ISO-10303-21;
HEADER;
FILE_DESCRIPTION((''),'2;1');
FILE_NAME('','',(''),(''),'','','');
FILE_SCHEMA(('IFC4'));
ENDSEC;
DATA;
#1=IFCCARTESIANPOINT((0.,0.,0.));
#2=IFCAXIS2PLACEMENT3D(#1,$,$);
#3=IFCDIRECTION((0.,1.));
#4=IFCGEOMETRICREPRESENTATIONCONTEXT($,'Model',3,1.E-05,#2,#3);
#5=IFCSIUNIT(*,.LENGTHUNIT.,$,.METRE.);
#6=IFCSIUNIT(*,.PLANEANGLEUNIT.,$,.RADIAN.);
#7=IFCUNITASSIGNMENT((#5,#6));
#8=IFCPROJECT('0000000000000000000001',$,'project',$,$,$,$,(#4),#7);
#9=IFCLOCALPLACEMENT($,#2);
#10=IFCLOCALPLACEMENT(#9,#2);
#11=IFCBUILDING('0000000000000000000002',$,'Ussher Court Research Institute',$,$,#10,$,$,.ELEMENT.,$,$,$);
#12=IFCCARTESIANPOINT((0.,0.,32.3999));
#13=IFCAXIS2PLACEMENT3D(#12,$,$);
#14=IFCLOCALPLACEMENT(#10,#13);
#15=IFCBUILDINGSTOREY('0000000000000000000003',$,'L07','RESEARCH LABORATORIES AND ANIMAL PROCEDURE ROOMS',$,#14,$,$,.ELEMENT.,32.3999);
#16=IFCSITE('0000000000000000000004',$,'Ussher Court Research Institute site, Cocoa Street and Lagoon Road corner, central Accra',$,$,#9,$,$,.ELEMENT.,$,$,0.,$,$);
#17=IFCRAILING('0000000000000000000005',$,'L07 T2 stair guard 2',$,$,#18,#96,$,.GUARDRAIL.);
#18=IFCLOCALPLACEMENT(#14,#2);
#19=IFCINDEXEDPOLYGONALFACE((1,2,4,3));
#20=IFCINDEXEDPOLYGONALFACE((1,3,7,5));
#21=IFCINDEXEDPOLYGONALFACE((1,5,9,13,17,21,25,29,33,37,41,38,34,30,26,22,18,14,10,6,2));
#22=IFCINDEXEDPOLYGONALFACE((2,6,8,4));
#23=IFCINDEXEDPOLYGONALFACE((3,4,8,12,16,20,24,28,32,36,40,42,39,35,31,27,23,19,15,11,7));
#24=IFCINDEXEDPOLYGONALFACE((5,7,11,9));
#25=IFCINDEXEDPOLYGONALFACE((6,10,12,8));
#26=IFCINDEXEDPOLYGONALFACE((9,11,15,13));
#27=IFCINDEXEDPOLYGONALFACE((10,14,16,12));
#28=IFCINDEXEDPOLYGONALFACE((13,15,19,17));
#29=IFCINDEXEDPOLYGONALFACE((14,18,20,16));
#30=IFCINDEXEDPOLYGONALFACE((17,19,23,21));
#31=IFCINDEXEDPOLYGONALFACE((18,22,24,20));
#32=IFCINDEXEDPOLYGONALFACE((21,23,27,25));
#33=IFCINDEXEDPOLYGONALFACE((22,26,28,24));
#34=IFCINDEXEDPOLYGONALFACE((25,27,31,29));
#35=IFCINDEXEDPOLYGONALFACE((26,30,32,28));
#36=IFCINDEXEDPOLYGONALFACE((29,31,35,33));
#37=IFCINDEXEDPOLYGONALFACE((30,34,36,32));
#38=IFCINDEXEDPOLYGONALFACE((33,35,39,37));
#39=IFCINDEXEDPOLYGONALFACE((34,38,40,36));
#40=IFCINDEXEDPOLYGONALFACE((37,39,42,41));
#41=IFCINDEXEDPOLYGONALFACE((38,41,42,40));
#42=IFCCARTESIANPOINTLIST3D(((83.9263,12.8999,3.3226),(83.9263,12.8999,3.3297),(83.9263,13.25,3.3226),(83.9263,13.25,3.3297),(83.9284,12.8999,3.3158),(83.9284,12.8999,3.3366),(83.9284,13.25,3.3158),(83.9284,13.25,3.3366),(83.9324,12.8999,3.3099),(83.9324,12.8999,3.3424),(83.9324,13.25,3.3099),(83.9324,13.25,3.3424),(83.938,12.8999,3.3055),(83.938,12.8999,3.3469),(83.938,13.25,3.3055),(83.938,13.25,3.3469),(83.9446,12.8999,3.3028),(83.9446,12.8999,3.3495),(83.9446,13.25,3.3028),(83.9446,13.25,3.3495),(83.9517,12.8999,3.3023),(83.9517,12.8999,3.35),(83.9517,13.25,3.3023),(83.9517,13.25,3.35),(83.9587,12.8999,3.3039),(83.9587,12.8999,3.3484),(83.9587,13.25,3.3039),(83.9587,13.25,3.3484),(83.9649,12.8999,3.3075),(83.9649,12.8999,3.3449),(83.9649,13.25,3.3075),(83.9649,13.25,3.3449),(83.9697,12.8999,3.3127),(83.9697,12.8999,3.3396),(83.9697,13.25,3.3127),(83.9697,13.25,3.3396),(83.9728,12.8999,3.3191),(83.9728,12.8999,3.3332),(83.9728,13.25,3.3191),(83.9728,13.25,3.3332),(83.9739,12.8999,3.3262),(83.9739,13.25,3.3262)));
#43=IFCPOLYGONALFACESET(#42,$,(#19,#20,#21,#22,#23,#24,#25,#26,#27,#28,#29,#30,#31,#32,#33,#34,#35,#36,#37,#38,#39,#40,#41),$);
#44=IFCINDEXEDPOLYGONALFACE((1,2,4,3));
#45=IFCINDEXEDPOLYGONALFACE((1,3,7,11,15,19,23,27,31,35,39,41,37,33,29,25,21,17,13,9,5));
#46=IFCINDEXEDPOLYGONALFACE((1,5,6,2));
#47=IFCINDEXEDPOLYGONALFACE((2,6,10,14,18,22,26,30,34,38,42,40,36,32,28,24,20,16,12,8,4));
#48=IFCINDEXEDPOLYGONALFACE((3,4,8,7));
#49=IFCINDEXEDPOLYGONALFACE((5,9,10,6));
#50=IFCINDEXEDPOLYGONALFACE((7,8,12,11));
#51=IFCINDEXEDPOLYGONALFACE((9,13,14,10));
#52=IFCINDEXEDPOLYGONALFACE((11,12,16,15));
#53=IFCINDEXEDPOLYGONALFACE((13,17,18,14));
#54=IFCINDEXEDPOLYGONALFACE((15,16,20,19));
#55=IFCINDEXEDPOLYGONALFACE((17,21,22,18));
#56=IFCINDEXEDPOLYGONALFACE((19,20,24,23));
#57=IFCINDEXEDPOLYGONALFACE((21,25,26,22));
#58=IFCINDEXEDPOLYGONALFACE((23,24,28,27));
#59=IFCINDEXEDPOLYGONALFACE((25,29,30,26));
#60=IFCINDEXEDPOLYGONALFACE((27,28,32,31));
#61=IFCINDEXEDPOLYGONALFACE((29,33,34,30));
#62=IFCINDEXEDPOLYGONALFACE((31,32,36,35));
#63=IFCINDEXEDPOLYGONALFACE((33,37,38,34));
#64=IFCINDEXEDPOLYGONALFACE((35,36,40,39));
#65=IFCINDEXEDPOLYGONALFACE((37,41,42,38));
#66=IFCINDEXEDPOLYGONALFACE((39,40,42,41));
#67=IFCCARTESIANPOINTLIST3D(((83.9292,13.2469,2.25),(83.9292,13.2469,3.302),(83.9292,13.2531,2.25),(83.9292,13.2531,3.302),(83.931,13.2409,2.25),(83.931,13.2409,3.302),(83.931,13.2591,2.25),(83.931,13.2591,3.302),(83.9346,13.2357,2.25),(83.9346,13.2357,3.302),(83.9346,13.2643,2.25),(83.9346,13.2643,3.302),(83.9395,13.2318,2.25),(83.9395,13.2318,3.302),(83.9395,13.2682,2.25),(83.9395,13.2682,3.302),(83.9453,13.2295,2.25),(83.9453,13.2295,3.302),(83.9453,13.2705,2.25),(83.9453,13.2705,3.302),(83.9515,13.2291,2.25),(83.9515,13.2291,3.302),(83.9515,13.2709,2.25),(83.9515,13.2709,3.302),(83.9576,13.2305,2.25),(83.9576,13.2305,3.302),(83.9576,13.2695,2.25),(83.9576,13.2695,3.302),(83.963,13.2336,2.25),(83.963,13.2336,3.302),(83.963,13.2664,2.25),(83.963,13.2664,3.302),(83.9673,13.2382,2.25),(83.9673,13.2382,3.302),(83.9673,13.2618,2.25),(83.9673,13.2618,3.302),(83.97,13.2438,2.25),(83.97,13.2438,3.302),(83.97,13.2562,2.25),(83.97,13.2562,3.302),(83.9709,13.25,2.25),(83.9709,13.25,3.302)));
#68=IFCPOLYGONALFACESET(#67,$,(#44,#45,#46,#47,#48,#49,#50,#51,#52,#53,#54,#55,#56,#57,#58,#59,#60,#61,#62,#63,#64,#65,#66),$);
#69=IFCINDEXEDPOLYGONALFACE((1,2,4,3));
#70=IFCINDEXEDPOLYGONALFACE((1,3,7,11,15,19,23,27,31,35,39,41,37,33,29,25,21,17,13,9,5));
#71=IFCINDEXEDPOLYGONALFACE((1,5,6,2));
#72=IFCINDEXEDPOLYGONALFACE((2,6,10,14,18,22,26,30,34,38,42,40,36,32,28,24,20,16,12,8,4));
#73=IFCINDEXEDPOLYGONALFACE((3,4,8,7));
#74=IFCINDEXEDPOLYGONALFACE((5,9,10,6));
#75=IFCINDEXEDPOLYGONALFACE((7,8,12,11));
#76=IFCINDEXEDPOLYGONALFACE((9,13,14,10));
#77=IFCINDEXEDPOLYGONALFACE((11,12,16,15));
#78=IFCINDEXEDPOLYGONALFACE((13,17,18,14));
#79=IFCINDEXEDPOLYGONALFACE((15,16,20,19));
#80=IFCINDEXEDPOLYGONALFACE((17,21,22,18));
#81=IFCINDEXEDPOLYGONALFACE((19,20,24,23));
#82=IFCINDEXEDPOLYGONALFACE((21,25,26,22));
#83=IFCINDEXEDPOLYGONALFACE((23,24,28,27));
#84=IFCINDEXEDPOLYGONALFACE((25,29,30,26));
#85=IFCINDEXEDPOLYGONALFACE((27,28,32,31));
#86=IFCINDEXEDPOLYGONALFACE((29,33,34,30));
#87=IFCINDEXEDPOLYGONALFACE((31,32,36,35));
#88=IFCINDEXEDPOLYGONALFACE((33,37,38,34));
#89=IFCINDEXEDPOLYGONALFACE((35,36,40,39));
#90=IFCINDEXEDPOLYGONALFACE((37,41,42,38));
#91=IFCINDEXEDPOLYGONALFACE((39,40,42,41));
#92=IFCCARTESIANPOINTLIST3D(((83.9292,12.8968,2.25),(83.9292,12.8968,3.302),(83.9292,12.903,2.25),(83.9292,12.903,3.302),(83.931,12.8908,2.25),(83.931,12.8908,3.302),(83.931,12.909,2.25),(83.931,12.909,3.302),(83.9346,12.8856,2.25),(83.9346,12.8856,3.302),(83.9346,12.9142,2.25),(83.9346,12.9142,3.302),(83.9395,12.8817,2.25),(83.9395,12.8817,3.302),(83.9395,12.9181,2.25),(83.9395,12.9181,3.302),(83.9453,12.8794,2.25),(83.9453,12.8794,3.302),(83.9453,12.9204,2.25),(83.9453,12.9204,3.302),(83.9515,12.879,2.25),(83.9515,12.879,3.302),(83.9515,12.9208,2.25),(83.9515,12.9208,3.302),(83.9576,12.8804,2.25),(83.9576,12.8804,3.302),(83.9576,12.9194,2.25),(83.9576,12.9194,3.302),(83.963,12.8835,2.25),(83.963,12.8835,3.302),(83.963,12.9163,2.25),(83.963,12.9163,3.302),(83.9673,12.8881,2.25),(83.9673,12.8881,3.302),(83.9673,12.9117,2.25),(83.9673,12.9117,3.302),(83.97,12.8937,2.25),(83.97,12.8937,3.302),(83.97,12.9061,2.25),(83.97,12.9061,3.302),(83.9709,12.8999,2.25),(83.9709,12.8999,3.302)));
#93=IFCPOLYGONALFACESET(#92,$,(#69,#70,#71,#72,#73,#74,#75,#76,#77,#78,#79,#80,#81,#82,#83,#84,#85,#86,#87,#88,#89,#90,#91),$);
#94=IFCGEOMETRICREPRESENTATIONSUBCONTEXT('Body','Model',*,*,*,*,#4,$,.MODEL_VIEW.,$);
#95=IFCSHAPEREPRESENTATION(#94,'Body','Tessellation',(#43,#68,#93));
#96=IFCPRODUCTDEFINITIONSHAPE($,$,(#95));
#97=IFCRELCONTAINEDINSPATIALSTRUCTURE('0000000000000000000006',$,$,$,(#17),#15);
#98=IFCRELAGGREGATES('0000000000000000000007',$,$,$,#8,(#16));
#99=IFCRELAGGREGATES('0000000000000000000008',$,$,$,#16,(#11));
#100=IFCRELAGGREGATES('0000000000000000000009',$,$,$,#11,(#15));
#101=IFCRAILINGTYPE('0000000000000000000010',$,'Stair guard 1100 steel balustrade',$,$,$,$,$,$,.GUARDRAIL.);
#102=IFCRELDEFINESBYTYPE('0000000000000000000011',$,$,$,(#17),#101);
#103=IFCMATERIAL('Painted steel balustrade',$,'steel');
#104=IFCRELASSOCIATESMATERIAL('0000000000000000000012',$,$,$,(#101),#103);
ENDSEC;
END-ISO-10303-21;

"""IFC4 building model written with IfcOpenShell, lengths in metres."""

from ifc_helpers import new_model, si_unit, direction, frame, origin, origin_2d, place, context, subcontext, project, spatial, circle, extrude, material, type_object, element, save


model = new_model("IFC4")

# Units and contexts
model_context = context("Model", 3, precision=1e-05, world=origin(), true_north=direction((0.0, 1.0)))
body_context = subcontext(model_context, "Body", "Model", "MODEL_VIEW")
ifc_project = project(units=[si_unit("LENGTHUNIT", "METRE"), si_unit("PLANEANGLEUNIT", "RADIAN")], contexts=[model_context])

# Site, building, storey
site_placement = place(None, origin())
site = spatial("IfcSite", under=ifc_project, at=site_placement, Name="Ussher Court Research Institute site, Cocoa Street and Lagoon Road corner, central Accra", CompositionType="ELEMENT", RefElevation=0.0)
building_placement = place(site_placement, origin())
building = spatial("IfcBuilding", under=site, at=building_placement, Name="Ussher Court Research Institute", CompositionType="ELEMENT")
storey_placement = place(building_placement, frame((0.0, 0.0, 32.3999)))
storey = spatial("IfcBuildingStorey", under=building, at=storey_placement, Name="L07", Description="RESEARCH LABORATORIES AND ANIMAL PROCEDURE ROOMS", CompositionType="ELEMENT", Elevation=32.3999)

# Railing
ifc_material_1 = material(Name="Painted steel balustrade", Category="steel")
railing_type_1 = type_object("IfcRailingType", Name="Stair guard 1100 steel balustrade", PredefinedType="GUARDRAIL", material=ifc_material_1)
railing_1_placement = place(storey_placement, frame((83.95, 13.25, 2.25)))
element("IfcRailing", 1, at=railing_1_placement, inside=storey, type_object=railing_type_1, Name="L07 T2 stair guard 2", PredefinedType="GUARDRAIL", context=body_context, shape_type="SweptSolid", body=[
    extrude(circle(Radius=0.0239, at=origin_2d()), frame((0.0, 0.0, 1.0762), z_axis=(0.0, -1.0, 0.0), x_axis=(1.0, 0.0, 0.0)), (0.0, 0.0, 1.0), 0.3501),
    extrude(circle(Radius=0.021, at=origin_2d()), origin(), (0.0, 0.0, 1.0), 1.052),
    extrude(circle(Radius=0.021, at=origin_2d()), frame((0.0, -0.3501, 0.0)), (0.0, 0.0, 1.0), 1.052),
])

save(model, "model.ifc")
